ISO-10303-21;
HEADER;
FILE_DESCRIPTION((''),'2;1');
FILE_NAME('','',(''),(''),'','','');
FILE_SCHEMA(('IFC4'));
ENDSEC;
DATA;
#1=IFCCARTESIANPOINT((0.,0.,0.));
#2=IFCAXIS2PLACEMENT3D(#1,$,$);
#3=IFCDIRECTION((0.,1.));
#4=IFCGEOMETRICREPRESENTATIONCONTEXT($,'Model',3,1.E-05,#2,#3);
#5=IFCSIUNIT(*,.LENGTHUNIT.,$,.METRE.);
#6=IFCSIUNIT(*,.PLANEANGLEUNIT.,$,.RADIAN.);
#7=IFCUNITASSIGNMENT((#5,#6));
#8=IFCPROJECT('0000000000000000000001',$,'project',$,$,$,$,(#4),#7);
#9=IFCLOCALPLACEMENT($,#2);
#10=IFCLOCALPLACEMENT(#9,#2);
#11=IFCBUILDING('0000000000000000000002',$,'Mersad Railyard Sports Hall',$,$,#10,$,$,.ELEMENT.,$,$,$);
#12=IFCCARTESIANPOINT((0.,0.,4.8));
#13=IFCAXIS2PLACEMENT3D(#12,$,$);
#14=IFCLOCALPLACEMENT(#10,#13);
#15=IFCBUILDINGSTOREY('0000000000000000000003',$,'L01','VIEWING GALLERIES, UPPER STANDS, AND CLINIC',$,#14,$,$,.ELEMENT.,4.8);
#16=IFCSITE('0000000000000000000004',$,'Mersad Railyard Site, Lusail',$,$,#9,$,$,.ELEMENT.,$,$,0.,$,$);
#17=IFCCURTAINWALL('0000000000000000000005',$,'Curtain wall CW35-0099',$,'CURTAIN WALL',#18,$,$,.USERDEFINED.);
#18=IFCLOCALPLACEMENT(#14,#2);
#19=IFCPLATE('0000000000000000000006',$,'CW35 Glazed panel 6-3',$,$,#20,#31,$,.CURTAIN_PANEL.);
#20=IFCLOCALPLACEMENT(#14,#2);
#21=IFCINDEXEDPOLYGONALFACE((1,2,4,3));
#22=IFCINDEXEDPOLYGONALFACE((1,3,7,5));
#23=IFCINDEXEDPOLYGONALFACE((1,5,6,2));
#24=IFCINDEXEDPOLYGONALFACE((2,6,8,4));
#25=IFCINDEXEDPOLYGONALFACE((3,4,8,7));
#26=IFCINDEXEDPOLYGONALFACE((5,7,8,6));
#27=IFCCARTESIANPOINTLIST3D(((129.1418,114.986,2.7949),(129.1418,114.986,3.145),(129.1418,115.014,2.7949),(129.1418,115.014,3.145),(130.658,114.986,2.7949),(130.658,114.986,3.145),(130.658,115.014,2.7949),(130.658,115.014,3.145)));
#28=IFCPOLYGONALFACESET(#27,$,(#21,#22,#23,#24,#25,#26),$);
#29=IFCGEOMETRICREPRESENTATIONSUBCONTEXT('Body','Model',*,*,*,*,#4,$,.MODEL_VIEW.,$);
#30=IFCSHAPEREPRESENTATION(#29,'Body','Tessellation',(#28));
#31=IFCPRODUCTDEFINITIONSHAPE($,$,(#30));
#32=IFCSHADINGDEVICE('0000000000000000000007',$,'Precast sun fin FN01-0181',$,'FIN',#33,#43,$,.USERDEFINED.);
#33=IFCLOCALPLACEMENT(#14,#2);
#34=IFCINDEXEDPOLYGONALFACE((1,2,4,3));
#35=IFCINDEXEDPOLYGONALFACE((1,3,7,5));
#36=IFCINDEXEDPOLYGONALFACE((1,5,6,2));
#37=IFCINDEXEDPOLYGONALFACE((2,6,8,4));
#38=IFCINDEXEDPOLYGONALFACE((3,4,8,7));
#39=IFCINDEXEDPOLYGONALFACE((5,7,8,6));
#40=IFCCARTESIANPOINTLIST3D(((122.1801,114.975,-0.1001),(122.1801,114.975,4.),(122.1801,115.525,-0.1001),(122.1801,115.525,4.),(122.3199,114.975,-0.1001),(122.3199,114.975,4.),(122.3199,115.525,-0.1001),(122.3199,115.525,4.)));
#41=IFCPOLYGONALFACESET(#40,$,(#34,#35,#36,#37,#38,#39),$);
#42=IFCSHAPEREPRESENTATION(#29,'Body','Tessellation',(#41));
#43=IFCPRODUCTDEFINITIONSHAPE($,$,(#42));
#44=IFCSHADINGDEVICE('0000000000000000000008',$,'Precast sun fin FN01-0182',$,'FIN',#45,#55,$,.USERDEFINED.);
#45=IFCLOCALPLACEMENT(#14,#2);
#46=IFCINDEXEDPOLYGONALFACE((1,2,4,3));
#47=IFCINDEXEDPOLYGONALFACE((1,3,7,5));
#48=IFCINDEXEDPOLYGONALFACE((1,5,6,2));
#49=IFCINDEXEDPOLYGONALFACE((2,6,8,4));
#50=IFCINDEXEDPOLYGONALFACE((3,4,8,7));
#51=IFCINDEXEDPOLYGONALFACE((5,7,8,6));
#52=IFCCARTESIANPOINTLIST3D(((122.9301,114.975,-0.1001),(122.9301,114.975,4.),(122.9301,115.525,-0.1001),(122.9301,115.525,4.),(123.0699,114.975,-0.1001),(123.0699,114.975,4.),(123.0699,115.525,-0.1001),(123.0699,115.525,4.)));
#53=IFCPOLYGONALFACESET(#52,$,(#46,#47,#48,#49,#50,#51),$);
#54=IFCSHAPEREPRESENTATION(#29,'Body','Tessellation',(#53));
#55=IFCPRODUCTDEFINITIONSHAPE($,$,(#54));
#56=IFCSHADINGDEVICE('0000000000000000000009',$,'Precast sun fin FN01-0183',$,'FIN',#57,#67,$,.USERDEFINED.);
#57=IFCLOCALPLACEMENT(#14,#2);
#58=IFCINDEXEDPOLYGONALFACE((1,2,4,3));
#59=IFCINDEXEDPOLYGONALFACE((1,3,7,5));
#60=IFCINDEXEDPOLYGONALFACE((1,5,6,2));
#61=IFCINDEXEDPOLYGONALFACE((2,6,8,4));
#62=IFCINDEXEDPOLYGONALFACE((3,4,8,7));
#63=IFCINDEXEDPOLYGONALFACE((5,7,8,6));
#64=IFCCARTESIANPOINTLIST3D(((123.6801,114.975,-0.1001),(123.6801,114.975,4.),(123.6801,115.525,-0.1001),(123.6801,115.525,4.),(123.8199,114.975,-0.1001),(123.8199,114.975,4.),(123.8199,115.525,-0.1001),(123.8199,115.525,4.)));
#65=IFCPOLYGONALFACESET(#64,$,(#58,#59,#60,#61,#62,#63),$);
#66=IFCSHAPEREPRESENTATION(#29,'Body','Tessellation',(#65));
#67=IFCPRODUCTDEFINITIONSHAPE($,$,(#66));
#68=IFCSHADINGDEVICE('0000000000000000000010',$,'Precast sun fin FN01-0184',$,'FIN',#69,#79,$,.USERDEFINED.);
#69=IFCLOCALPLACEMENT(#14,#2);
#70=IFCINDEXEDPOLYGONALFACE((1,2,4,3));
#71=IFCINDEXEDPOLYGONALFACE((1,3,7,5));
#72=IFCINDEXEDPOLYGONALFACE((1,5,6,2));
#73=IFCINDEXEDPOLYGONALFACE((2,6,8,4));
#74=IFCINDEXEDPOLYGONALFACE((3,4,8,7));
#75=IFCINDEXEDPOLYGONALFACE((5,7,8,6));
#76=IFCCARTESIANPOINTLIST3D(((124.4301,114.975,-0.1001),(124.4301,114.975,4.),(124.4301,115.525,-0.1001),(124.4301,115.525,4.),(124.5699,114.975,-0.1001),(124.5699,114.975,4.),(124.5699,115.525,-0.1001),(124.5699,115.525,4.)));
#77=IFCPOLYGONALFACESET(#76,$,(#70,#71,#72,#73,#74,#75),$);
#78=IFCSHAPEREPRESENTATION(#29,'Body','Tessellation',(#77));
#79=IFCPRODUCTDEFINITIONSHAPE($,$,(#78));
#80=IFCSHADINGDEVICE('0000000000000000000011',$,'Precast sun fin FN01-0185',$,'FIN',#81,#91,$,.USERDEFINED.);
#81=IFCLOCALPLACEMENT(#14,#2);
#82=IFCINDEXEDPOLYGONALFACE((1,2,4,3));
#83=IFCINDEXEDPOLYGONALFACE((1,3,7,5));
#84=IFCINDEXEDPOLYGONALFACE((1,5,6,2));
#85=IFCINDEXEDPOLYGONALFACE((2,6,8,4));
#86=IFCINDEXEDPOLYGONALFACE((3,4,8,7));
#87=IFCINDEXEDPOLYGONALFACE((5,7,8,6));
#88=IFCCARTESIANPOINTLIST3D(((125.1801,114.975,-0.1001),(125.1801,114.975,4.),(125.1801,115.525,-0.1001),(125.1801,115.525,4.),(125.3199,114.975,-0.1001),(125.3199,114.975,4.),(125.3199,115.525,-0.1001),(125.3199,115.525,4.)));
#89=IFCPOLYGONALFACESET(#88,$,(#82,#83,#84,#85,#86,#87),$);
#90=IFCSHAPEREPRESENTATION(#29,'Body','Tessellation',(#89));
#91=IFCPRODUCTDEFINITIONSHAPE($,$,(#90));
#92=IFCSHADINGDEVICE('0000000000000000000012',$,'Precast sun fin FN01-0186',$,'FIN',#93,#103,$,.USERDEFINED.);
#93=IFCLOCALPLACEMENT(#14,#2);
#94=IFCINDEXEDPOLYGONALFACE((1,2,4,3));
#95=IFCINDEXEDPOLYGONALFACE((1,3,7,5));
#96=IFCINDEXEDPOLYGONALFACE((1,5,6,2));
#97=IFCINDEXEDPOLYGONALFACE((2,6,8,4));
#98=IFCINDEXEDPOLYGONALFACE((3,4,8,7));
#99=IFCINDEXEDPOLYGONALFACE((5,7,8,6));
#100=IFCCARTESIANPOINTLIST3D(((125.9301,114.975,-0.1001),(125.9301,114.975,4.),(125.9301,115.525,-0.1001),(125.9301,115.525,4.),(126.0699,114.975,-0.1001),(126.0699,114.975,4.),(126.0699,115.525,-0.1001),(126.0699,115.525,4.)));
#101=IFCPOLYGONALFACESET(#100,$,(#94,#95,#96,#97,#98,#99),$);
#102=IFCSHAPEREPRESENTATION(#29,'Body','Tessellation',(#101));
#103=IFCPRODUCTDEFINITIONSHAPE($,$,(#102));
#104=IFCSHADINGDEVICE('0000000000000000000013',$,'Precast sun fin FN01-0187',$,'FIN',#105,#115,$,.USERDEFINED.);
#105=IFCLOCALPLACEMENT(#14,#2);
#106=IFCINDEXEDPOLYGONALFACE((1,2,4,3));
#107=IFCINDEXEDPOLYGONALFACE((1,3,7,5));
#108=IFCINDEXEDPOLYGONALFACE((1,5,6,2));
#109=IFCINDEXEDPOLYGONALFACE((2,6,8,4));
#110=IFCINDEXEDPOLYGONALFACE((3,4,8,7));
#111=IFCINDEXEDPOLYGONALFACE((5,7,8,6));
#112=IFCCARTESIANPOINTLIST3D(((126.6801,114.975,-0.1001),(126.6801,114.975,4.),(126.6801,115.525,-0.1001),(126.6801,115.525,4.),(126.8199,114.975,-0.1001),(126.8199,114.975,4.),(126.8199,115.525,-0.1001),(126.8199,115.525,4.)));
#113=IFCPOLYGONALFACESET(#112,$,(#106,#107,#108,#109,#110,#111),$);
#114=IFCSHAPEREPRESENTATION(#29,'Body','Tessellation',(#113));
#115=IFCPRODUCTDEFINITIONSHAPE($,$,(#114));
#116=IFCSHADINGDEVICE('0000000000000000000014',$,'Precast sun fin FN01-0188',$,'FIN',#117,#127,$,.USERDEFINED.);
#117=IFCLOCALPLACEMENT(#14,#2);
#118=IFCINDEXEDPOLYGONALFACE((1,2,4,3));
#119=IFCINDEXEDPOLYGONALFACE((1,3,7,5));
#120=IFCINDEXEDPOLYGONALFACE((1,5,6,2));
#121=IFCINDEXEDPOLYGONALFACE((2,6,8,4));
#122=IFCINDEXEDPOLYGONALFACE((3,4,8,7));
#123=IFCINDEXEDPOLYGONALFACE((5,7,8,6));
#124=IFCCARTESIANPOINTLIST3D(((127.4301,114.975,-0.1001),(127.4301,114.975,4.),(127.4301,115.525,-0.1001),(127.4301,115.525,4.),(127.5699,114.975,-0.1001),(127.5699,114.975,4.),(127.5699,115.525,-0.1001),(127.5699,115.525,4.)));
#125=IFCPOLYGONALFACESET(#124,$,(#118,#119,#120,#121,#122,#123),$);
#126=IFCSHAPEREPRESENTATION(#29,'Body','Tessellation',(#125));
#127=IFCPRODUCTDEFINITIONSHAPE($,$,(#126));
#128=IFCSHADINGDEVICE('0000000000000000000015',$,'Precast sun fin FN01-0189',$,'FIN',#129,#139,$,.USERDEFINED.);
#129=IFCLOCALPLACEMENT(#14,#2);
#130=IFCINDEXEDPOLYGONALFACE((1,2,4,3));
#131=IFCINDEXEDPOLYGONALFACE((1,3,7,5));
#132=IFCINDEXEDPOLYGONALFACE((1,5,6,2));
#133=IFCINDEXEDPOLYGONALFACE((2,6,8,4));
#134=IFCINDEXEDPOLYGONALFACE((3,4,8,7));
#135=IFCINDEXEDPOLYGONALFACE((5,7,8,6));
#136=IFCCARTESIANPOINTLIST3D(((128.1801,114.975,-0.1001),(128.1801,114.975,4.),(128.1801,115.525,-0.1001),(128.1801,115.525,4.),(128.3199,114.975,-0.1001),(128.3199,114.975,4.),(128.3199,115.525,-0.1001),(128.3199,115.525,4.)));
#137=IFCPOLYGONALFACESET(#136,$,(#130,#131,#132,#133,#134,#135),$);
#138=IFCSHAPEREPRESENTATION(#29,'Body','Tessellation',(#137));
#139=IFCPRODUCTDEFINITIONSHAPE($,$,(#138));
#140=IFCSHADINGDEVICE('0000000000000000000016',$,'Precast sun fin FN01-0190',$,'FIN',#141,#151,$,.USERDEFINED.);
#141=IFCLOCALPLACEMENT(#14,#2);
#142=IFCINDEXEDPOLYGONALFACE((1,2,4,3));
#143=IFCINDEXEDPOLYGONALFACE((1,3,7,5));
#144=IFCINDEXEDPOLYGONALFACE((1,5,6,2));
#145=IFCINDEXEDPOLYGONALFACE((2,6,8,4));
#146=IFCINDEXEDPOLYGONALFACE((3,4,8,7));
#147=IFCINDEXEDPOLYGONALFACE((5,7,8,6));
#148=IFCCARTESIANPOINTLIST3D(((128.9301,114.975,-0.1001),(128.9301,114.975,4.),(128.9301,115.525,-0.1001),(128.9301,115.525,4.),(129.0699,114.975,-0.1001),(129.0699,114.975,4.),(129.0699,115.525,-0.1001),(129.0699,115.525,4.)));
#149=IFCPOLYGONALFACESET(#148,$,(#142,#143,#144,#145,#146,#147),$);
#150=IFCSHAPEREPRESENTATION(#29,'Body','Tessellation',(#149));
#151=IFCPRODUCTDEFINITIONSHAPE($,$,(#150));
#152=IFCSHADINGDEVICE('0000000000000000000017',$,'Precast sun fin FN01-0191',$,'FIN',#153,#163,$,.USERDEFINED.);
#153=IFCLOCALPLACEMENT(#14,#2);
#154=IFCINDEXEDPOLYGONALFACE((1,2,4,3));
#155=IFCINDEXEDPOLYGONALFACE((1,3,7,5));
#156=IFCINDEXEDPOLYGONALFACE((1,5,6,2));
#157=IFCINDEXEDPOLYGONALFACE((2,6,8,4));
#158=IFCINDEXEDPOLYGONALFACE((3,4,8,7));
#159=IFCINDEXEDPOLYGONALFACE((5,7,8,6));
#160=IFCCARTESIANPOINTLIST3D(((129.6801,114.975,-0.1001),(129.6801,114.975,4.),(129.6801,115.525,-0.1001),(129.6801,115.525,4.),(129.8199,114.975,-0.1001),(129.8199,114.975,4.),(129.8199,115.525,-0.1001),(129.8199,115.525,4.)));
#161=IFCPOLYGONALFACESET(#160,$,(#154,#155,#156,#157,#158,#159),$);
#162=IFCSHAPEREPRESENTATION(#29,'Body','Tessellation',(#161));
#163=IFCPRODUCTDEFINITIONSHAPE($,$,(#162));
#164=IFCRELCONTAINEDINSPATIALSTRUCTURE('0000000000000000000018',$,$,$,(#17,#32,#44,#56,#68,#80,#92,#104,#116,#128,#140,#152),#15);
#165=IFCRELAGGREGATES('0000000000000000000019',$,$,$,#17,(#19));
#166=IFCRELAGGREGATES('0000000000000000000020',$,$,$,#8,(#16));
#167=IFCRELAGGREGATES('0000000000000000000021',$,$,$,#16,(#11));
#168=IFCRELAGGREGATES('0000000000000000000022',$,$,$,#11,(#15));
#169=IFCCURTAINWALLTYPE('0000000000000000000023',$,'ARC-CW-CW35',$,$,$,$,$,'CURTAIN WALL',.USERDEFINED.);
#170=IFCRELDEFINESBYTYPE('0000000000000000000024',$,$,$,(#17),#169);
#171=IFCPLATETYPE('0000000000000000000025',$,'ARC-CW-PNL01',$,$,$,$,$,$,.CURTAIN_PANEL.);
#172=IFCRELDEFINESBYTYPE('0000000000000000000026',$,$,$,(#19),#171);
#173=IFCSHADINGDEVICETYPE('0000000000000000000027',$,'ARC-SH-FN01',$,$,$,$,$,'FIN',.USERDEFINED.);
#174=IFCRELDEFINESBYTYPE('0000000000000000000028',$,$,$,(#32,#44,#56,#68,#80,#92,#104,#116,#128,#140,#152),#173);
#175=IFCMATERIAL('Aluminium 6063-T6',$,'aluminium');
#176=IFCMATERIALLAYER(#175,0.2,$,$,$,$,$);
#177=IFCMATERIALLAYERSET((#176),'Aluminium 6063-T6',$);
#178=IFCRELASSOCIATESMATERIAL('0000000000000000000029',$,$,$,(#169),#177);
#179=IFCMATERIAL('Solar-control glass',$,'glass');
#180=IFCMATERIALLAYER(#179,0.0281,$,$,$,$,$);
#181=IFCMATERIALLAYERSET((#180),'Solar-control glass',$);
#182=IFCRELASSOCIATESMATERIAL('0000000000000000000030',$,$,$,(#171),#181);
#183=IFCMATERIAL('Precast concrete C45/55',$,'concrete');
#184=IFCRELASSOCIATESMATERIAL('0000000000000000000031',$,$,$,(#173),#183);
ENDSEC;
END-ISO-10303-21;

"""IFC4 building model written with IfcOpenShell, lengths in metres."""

from ifc_helpers import new_model, si_unit, direction, frame, origin, origin_2d, place, context, subcontext, project, spatial, rectangle, extrude, material, layer, layer_set, type_object, element, aggregate, save


model = new_model("IFC4")

# Units and contexts
model_context = context("Model", 3, precision=1e-05, world=origin(), true_north=direction((0.0, 1.0)))
body_context = subcontext(model_context, "Body", "Model", "MODEL_VIEW")
ifc_project = project(units=[si_unit("LENGTHUNIT", "METRE"), si_unit("PLANEANGLEUNIT", "RADIAN")], contexts=[model_context])

# Site, building, storey
site_placement = place(None, origin())
site = spatial("IfcSite", under=ifc_project, at=site_placement, Name="Mersad Railyard Site, Lusail", CompositionType="ELEMENT", RefElevation=0.0)
building_placement = place(site_placement, origin())
building = spatial("IfcBuilding", under=site, at=building_placement, Name="Mersad Railyard Sports Hall", CompositionType="ELEMENT")
storey_placement = place(building_placement, frame((0.0, 0.0, 4.8)))
storey = spatial("IfcBuildingStorey", under=building, at=storey_placement, Name="L01", Description="VIEWING GALLERIES, UPPER STANDS, AND CLINIC", CompositionType="ELEMENT", Elevation=4.8)

# Curtain wall, plate
ifc_material_1 = material(Name="Aluminium 6063-T6", Category="aluminium")
ifc_layer_1 = layer(ifc_material_1, 0.2)
ifc_layer_set_1 = layer_set([ifc_layer_1], Name="Aluminium 6063-T6")
curtain_wall_type = type_object("IfcCurtainWallType", Name="ARC-CW-CW35", ElementType="CURTAIN WALL", PredefinedType="USERDEFINED", material=ifc_layer_set_1)
curtain_wall_placement = place(storey_placement, origin())
curtain_wall = element("IfcCurtainWall", 1, at=curtain_wall_placement, inside=storey, type_object=curtain_wall_type, Name="Curtain wall CW35-0099", ObjectType="CURTAIN WALL", PredefinedType="USERDEFINED")
ifc_material_2 = material(Name="Solar-control glass", Category="glass")
ifc_layer_2 = layer(ifc_material_2, 0.0281)
ifc_layer_set_2 = layer_set([ifc_layer_2], Name="Solar-control glass")
plate_type = type_object("IfcPlateType", Name="ARC-CW-PNL01", PredefinedType="CURTAIN_PANEL", material=ifc_layer_set_2)
plate_1_placement = place(storey_placement, frame((129.8999, 115.0, 2.7949), z_axis=(0.0, 0.0, 1.0), x_axis=(1.0, 0.0, 0.0)))
plate_1 = element("IfcPlate", 2, at=plate_1_placement, type_object=plate_type, Name="CW35 Glazed panel 6-3", PredefinedType="CURTAIN_PANEL", context=body_context, shape_type="SweptSolid", body=[
    extrude(rectangle(XDim=1.5161, YDim=0.0281, at=origin_2d()), origin(), (0.0, 0.0, 1.0), 0.3501),
])
aggregate(curtain_wall, [plate_1])

# Shading devices
ifc_material_3 = material(Name="Precast concrete C45/55", Category="concrete")
shading_device_type = type_object("IfcShadingDeviceType", Name="ARC-SH-FN01", ElementType="FIN", PredefinedType="USERDEFINED", material=ifc_material_3)
for number, where, z_axis, x_axis, name in (
    (3, (122.25, 115.25, -0.1001), (0.0, 0.0, 1.0), (1.0, 0.0, 0.0), "Precast sun fin FN01-0181"),
    (4, (123.0, 115.25, -0.1001), (0.0, 0.0, 1.0), (1.0, 0.0, 0.0), "Precast sun fin FN01-0182"),
    (5, (123.75, 115.25, -0.1001), (0.0, 0.0, 1.0), (1.0, 0.0, 0.0), "Precast sun fin FN01-0183"),
    (6, (124.5, 115.25, -0.1001), (0.0, 0.0, 1.0), (1.0, 0.0, 0.0), "Precast sun fin FN01-0184"),
    (7, (125.25, 115.25, -0.1001), (0.0, 0.0, 1.0), (1.0, 0.0, 0.0), "Precast sun fin FN01-0185"),
    (8, (126.0, 115.25, -0.1001), (0.0, 0.0, 1.0), (1.0, 0.0, 0.0), "Precast sun fin FN01-0186"),
    (9, (126.75, 115.25, -0.1001), (0.0, 0.0, 1.0), (1.0, 0.0, 0.0), "Precast sun fin FN01-0187"),
    (10, (127.5, 115.25, -0.1001), (0.0, 0.0, 1.0), (1.0, 0.0, 0.0), "Precast sun fin FN01-0188"),
    (11, (128.25, 115.25, -0.1001), (0.0, 0.0, 1.0), (1.0, 0.0, 0.0), "Precast sun fin FN01-0189"),
    (12, (129.0, 115.25, -0.1001), (0.0, 0.0, 1.0), (1.0, 0.0, 0.0), "Precast sun fin FN01-0190"),
    (13, (129.75, 115.25, -0.1001), (0.0, 0.0, 1.0), (1.0, 0.0, 0.0), "Precast sun fin FN01-0191"),
):
    element("IfcShadingDevice", number, at=place(storey_placement, frame(where, z_axis=z_axis, x_axis=x_axis)), inside=storey, type_object=shading_device_type, Name=name, ObjectType="FIN", PredefinedType="USERDEFINED", context=body_context, shape_type="SweptSolid", body=[
        extrude(rectangle(XDim=0.1399, YDim=0.55, at=origin_2d()), origin(), (0.0, 0.0, 1.0), 4.1001),
    ])

save(model, "model.ifc")
